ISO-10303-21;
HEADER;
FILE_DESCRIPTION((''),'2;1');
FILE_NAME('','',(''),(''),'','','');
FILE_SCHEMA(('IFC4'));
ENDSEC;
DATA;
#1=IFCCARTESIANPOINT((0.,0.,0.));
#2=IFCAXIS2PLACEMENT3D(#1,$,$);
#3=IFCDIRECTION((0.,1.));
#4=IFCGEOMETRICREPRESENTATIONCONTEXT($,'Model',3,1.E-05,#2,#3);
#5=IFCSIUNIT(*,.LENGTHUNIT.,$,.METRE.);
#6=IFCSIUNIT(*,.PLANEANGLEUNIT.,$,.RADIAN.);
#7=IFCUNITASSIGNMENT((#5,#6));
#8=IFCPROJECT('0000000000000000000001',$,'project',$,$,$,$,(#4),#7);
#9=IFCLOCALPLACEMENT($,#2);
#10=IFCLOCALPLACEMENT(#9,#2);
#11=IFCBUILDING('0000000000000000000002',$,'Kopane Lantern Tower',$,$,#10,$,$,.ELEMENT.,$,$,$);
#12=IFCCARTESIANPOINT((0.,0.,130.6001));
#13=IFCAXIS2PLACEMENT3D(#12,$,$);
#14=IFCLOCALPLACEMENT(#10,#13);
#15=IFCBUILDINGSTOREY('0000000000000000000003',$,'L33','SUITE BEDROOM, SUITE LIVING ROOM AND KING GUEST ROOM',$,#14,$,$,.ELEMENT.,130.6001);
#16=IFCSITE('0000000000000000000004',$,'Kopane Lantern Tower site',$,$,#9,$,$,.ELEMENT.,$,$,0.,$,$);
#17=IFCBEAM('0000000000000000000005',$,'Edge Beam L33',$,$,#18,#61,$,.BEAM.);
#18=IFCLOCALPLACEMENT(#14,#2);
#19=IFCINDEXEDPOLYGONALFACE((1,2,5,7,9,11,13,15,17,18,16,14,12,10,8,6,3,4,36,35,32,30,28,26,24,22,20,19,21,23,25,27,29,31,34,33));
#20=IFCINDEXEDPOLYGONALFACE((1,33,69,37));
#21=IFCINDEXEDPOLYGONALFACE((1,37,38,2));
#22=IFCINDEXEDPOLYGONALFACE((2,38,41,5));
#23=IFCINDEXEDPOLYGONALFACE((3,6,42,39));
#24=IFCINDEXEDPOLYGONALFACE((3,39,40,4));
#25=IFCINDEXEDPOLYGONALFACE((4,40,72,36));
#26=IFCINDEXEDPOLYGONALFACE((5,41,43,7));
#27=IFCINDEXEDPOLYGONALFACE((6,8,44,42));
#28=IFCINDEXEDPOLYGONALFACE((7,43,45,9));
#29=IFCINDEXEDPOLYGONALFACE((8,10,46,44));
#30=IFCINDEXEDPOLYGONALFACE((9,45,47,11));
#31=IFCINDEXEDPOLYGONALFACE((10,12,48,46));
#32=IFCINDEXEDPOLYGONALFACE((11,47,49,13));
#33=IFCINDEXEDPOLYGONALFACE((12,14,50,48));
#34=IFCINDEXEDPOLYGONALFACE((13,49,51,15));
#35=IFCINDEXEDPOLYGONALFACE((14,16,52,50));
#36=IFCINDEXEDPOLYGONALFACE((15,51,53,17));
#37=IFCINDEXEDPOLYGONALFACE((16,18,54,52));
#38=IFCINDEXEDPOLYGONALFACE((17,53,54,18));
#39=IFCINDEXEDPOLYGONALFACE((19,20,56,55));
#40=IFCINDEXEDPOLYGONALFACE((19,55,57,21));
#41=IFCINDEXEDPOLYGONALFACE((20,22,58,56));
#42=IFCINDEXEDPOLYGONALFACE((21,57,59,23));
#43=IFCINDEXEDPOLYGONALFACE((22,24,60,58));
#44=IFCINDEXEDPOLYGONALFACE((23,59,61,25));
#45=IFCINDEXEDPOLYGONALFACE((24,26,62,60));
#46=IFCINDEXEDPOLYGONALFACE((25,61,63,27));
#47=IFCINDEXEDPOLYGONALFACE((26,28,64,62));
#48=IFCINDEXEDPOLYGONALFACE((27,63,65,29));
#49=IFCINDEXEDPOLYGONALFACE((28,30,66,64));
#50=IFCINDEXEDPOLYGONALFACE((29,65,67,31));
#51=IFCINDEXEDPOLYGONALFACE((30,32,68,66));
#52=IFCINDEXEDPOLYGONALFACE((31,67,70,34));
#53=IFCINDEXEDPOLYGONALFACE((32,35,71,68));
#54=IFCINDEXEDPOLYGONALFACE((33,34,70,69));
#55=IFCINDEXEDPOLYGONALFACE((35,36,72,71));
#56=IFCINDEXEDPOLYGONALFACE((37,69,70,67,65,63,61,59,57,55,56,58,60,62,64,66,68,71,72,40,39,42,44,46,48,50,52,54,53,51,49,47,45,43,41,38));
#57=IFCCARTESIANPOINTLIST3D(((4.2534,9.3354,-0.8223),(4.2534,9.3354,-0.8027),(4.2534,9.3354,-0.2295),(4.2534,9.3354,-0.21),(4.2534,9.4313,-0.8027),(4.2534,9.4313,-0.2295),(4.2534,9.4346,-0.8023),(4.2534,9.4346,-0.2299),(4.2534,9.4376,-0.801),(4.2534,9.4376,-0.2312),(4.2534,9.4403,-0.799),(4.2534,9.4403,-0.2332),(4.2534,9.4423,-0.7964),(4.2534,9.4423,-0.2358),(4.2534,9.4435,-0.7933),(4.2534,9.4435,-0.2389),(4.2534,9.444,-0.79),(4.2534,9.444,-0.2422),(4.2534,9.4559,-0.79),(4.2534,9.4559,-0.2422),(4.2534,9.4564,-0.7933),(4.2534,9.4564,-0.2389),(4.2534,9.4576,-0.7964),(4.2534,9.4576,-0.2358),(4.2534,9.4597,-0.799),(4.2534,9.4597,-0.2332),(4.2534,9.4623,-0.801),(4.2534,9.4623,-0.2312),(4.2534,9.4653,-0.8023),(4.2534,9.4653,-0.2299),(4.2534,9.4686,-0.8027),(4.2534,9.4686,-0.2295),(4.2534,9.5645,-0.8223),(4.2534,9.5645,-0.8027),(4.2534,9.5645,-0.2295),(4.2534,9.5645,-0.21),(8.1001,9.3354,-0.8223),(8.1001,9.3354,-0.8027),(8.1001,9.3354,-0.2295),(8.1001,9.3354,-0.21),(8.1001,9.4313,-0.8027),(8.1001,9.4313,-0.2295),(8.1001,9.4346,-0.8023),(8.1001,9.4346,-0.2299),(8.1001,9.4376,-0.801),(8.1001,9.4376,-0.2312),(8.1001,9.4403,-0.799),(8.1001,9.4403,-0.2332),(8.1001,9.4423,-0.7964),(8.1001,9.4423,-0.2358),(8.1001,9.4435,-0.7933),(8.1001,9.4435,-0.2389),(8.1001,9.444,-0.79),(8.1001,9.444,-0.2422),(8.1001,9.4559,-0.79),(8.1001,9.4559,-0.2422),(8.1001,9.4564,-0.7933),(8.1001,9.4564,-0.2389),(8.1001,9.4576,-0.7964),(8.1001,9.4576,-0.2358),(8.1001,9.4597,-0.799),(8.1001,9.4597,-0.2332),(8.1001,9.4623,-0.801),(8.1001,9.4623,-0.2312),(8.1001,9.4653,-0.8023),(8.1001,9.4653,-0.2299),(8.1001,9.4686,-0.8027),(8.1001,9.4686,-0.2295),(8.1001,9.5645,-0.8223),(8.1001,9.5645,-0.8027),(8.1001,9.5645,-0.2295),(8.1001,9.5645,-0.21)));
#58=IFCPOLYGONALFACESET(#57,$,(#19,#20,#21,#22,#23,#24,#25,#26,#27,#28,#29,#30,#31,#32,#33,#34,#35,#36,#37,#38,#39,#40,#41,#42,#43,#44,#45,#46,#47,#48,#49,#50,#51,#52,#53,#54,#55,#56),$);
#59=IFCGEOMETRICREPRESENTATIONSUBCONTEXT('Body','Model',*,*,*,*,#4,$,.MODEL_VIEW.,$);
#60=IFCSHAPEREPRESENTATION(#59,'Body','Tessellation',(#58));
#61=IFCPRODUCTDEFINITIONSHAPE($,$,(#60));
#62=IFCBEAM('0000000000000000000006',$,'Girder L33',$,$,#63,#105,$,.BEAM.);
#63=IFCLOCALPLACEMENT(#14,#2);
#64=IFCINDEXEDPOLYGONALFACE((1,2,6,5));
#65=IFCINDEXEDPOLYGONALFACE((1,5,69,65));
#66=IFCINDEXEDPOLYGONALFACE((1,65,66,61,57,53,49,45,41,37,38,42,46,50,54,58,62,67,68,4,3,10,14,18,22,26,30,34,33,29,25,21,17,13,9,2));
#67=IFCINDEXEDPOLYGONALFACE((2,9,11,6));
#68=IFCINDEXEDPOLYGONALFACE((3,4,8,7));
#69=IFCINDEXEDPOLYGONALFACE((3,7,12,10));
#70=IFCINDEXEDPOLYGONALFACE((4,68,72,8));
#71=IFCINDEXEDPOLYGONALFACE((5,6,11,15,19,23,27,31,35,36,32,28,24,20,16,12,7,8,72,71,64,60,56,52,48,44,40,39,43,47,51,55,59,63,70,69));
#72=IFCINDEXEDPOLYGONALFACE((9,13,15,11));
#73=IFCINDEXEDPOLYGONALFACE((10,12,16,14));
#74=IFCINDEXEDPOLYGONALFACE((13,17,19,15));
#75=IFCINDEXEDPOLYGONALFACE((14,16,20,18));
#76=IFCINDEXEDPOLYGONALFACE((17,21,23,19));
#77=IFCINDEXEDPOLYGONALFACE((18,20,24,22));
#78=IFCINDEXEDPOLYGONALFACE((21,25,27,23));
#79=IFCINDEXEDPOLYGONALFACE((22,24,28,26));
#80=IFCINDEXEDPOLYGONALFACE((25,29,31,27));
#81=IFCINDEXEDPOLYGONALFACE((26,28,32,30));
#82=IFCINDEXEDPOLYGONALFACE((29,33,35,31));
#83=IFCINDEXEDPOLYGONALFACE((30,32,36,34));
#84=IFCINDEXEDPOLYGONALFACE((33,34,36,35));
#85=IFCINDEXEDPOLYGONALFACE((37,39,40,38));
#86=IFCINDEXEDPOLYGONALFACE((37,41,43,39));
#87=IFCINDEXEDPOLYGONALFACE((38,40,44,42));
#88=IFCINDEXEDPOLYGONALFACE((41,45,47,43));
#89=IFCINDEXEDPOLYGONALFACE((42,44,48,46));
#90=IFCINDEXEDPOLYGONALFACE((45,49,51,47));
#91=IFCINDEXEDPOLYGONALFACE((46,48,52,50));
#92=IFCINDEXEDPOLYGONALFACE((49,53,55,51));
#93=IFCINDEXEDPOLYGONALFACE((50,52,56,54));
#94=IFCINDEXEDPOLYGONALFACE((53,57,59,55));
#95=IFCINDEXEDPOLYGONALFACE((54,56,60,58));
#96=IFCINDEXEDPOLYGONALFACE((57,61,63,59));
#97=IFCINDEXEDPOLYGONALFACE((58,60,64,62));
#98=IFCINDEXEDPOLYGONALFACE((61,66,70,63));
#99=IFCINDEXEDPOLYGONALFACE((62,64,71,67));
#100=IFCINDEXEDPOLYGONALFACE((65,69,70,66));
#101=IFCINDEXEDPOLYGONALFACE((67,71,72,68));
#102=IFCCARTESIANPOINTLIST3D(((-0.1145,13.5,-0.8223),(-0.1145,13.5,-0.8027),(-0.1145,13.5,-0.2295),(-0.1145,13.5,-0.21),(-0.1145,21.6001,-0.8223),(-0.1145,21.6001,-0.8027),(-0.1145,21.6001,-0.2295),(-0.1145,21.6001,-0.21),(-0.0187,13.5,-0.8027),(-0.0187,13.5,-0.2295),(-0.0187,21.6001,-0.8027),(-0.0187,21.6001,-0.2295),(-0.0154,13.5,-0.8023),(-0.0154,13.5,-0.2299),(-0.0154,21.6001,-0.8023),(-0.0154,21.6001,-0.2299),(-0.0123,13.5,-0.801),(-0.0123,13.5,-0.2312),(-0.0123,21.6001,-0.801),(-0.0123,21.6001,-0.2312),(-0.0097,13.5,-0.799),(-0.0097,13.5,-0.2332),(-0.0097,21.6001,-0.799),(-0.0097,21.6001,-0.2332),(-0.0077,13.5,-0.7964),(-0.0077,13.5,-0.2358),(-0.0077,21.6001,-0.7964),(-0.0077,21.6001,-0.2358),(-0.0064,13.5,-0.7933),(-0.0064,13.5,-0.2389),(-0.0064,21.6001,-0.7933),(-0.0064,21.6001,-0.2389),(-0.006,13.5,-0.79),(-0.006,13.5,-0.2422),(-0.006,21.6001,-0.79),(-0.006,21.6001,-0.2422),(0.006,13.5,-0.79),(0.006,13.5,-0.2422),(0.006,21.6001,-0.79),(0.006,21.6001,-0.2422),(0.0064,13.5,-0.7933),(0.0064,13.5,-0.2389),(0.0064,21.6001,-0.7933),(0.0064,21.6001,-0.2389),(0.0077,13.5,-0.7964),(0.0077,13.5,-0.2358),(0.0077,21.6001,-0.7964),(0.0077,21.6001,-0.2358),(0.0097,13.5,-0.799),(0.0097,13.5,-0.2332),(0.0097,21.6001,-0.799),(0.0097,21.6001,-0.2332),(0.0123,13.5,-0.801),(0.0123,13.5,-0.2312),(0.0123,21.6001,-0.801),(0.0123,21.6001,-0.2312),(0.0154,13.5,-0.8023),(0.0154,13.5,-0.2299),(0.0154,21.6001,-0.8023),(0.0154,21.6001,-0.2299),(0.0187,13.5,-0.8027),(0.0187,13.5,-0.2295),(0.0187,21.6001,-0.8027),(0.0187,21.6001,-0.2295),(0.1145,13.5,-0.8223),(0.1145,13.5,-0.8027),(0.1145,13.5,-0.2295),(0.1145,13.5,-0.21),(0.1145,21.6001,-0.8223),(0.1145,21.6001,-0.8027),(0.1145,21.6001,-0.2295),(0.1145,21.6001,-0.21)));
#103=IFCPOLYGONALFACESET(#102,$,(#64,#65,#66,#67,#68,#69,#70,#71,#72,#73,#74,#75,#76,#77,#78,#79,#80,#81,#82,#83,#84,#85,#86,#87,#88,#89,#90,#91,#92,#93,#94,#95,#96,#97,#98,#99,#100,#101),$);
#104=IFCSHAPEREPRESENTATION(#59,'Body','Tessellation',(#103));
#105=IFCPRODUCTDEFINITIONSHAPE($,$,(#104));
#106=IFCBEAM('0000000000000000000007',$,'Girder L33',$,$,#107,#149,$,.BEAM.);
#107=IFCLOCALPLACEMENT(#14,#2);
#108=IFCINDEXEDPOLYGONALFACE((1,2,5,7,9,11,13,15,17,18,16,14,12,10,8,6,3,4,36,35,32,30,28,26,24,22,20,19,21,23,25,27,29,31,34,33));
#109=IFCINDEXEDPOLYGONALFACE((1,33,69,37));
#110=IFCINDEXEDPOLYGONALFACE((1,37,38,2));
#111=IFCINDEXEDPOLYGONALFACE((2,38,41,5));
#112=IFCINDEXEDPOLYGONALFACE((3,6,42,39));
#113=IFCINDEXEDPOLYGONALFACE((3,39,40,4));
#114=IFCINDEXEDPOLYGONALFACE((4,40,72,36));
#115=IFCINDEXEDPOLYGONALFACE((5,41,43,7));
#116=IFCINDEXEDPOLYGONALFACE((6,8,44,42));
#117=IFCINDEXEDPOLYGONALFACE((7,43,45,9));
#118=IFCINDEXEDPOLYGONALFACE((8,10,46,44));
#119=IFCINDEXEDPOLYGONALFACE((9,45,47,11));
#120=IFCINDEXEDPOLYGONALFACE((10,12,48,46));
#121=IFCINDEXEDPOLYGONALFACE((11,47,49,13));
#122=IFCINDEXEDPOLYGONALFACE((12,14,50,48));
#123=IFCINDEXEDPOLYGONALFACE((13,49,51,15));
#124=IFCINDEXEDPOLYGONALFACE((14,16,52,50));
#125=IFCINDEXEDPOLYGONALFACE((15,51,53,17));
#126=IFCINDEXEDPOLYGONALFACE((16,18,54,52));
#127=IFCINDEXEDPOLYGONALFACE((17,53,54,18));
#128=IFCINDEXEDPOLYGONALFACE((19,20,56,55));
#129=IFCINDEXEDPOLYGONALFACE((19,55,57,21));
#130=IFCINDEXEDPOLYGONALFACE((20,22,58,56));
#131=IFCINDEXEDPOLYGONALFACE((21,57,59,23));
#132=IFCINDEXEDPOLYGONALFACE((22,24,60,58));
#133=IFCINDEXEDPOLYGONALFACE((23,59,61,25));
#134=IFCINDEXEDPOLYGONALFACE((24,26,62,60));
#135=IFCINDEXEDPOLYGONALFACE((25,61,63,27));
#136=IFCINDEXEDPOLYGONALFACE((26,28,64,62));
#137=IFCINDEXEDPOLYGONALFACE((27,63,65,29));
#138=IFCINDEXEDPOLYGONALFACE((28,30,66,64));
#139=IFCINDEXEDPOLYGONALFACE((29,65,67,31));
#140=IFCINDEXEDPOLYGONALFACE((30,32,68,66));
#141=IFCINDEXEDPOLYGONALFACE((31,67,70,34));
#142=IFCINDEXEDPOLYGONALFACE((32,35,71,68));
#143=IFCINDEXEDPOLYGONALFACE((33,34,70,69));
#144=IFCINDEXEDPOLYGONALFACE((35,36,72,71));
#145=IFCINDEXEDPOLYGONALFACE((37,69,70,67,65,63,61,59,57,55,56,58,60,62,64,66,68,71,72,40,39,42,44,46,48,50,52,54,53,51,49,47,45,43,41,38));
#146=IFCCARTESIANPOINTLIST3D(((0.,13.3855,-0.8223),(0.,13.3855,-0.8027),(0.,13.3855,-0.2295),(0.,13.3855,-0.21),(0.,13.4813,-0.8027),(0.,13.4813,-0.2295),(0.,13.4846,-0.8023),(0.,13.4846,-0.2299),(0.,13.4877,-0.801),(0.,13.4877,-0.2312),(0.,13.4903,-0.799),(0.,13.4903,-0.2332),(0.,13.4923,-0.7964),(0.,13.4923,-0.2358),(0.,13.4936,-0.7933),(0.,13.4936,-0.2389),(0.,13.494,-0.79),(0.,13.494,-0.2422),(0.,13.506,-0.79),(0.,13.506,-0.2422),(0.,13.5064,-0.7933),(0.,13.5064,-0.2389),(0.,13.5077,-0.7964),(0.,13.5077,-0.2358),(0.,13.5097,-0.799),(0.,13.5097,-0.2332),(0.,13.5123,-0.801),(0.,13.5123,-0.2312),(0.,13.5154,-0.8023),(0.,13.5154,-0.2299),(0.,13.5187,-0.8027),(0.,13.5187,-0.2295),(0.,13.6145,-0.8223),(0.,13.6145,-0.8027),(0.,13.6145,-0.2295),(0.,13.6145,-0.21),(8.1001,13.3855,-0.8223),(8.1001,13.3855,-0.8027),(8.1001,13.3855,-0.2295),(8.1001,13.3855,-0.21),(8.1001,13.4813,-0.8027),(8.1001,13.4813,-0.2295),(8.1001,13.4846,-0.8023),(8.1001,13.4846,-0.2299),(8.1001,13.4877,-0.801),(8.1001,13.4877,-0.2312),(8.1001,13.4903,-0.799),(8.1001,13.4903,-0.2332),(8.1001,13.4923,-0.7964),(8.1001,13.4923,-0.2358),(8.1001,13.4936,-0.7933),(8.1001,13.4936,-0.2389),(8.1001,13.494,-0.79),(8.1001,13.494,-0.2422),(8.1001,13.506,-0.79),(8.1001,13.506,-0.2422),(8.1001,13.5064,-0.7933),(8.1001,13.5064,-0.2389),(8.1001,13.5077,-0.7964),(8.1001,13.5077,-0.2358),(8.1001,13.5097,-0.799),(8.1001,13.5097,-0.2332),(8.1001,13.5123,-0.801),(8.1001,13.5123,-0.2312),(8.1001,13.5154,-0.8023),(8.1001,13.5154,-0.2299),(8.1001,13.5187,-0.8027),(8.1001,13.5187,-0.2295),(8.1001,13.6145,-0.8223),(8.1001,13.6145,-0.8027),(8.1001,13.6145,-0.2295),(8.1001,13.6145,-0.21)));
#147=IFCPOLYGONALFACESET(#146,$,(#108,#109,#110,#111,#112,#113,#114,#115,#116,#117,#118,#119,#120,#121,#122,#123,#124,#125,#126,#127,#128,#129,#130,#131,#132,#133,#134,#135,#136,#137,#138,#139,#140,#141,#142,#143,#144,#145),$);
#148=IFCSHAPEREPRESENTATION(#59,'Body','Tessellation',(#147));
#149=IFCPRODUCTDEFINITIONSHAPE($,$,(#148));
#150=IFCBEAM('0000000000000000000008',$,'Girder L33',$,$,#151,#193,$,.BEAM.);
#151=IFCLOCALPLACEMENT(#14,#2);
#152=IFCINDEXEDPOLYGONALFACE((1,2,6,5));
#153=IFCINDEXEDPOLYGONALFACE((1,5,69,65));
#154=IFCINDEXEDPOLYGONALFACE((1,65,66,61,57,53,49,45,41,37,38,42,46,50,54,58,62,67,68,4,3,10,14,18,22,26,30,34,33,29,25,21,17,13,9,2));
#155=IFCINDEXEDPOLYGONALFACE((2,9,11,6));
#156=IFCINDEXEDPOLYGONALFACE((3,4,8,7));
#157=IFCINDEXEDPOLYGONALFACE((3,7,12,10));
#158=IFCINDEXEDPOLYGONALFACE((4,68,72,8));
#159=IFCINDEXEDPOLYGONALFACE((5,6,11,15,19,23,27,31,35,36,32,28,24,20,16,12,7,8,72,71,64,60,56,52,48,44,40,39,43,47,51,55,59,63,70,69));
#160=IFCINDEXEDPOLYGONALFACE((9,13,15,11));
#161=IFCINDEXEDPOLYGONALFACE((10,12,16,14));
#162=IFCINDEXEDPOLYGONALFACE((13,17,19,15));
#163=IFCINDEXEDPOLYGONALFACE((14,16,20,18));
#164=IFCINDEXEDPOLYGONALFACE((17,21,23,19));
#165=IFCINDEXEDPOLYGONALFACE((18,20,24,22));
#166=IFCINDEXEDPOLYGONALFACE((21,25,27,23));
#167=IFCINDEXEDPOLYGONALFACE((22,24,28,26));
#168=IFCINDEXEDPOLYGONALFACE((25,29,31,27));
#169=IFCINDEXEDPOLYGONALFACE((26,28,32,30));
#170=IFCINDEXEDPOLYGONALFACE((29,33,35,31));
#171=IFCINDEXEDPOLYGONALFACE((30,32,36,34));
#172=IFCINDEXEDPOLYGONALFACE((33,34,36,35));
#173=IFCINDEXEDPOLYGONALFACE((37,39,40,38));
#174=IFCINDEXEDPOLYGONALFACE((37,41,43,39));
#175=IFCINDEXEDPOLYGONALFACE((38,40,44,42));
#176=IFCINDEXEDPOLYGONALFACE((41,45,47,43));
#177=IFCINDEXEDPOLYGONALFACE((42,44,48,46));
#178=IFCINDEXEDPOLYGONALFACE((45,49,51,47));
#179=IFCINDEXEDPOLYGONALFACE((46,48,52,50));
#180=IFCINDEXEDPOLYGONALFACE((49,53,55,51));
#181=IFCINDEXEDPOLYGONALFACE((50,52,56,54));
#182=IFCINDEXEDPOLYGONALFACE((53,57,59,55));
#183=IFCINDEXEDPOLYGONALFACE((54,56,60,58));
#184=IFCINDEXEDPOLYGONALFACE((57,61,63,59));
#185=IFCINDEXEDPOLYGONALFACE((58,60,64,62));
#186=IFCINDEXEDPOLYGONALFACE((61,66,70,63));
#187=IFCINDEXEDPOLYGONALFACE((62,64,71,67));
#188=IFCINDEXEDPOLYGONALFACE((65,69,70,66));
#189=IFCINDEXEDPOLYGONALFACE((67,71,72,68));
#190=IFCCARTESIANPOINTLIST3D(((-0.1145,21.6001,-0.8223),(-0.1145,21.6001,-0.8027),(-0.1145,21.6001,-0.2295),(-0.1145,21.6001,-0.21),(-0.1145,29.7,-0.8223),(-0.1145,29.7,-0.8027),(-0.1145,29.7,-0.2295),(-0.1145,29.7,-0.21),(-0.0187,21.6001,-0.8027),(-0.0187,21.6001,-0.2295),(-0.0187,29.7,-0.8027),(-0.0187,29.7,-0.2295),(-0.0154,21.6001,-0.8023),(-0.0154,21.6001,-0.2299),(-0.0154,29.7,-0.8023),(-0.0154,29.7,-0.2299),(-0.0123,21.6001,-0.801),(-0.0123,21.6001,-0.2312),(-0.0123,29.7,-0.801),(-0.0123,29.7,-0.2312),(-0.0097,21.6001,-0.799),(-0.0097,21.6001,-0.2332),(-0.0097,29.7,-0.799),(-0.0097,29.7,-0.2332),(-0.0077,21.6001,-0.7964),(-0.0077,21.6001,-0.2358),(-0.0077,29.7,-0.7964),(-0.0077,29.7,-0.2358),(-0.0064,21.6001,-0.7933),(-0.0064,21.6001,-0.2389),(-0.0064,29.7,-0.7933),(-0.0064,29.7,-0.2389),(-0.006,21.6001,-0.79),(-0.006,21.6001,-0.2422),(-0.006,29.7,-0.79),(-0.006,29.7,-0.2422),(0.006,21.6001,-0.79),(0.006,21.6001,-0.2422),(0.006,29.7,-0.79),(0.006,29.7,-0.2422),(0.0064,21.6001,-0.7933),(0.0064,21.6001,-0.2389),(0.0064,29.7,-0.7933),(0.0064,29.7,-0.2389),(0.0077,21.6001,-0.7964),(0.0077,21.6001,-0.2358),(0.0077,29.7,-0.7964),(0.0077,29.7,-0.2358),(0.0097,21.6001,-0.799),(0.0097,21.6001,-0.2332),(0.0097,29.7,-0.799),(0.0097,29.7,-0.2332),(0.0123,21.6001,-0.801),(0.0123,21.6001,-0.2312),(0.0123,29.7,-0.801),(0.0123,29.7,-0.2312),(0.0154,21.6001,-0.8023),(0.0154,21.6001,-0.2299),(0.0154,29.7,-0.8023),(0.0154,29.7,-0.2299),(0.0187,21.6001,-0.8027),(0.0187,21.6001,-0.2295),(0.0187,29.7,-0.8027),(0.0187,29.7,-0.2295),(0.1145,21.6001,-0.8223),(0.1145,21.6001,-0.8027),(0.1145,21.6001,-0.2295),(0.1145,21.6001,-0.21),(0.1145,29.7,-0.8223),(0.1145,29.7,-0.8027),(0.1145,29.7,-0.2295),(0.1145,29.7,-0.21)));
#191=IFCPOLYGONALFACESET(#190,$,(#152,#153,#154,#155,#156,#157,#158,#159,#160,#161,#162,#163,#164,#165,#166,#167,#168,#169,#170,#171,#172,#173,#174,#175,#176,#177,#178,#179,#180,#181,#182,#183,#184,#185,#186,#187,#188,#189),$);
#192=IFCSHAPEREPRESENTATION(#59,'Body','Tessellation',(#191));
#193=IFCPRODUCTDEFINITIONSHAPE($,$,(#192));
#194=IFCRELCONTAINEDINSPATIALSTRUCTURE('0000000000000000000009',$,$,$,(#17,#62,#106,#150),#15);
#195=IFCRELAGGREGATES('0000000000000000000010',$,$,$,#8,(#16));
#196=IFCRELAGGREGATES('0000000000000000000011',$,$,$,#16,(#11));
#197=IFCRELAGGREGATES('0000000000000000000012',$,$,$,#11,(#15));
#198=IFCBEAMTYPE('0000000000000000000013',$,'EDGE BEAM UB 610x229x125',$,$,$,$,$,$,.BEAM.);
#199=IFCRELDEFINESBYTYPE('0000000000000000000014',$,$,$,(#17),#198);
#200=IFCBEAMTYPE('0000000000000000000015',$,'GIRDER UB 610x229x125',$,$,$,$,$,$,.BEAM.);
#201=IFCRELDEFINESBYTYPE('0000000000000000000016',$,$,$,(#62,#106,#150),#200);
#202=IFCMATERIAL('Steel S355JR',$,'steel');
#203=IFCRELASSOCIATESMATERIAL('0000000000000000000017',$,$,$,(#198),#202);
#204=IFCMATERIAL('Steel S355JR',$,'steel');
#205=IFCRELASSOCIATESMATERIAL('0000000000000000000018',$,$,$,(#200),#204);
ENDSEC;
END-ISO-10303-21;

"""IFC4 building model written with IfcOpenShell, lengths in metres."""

from ifc_helpers import new_model, si_unit, direction, frame, origin, origin_2d, place, context, subcontext, project, spatial, i_section, extrude, material, material_profile, profile_set, type_object, element, save


model = new_model("IFC4")

# Units and contexts
model_context = context("Model", 3, precision=1e-05, world=origin(), true_north=direction((0.0, 1.0)))
body_context = subcontext(model_context, "Body", "Model", "MODEL_VIEW")
ifc_project = project(units=[si_unit("LENGTHUNIT", "METRE"), si_unit("PLANEANGLEUNIT", "RADIAN")], contexts=[model_context])

# Site, building, storey
site_placement = place(None, origin())
site = spatial("IfcSite", under=ifc_project, at=site_placement, Name="Kopane Lantern Tower site", CompositionType="ELEMENT", RefElevation=0.0)
building_placement = place(site_placement, origin())
building = spatial("IfcBuilding", under=site, at=building_placement, Name="Kopane Lantern Tower", CompositionType="ELEMENT")
storey_placement = place(building_placement, frame((0.0, 0.0, 130.6001)))
storey = spatial("IfcBuildingStorey", under=building, at=storey_placement, Name="L33", Description="SUITE BEDROOM, SUITE LIVING ROOM AND KING GUEST ROOM", CompositionType="ELEMENT", Elevation=130.6001)

# Beams
ifc_material_1 = material(Name="Steel S355JR", Category="steel")
ifc_material_profile_1 = material_profile(ifc_material_1, i_section(OverallWidth=0.229, OverallDepth=0.6123, WebThickness=0.012, FlangeThickness=0.0195, FilletRadius=0.0127, at=origin_2d()), Name="UB 610x229x125")
ifc_profile_set_1 = profile_set([ifc_material_profile_1], Name="Steel S355JR")
beam_type_1 = type_object("IfcBeamType", Name="EDGE BEAM UB 610x229x125", PredefinedType="BEAM", material=ifc_profile_set_1)
beam_1_placement = place(storey_placement, frame((4.2534, 9.45, -0.5161), z_axis=(1.0, 0.0, 0.0), x_axis=(0.0, 1.0, 0.0)))
element("IfcBeam", 1, at=beam_1_placement, inside=storey, type_object=beam_type_1, Name="Edge Beam L33", PredefinedType="BEAM", context=body_context, shape_type="SweptSolid", body=[
    extrude(i_section(OverallWidth=0.229, OverallDepth=0.6123, WebThickness=0.012, FlangeThickness=0.0195, FilletRadius=0.0127, at=origin_2d()), origin(), (0.0, 0.0, 1.0), 3.8467),
])
ifc_material_2 = material(Name="Steel S355JR", Category="steel")
ifc_material_profile_2 = material_profile(ifc_material_2, i_section(OverallWidth=0.229, OverallDepth=0.6123, WebThickness=0.012, FlangeThickness=0.0195, FilletRadius=0.0127, at=origin_2d()), Name="UB 610x229x125")
ifc_profile_set_2 = profile_set([ifc_material_profile_2], Name="Steel S355JR")
beam_type_2 = type_object("IfcBeamType", Name="GIRDER UB 610x229x125", PredefinedType="BEAM", material=ifc_profile_set_2)
for number, where, z_axis, x_axis, name in (
    (2, (0.0, 13.5, -0.5161), (0.0, 1.0, 0.0), (-1.0, 0.0, 0.0), "Girder L33"),
    (3, (0.0, 13.5, -0.5161), (1.0, 0.0, 0.0), (0.0, 1.0, 0.0), "Girder L33"),
):
    element("IfcBeam", number, at=place(storey_placement, frame(where, z_axis=z_axis, x_axis=x_axis)), inside=storey, type_object=beam_type_2, Name=name, PredefinedType="BEAM", context=body_context, shape_type="SweptSolid", body=[
        extrude(i_section(OverallWidth=0.229, OverallDepth=0.6123, WebThickness=0.012, FlangeThickness=0.0195, FilletRadius=0.0127, at=origin_2d()), origin(), (0.0, 0.0, 1.0), 8.1001),
    ])
beam_2_placement = place(storey_placement, frame((0.0, 21.6001, -0.5161), z_axis=(0.0, 1.0, 0.0), x_axis=(-1.0, 0.0, 0.0)))
element("IfcBeam", 4, at=beam_2_placement, inside=storey, type_object=beam_type_2, Name="Girder L33", PredefinedType="BEAM", context=body_context, shape_type="SweptSolid", body=[
    extrude(i_section(OverallWidth=0.229, OverallDepth=0.6123, WebThickness=0.012, FlangeThickness=0.0195, FilletRadius=0.0127, at=origin_2d()), origin(), (0.0, 0.0, 1.0), 8.0999),
])

save(model, "model.ifc")
